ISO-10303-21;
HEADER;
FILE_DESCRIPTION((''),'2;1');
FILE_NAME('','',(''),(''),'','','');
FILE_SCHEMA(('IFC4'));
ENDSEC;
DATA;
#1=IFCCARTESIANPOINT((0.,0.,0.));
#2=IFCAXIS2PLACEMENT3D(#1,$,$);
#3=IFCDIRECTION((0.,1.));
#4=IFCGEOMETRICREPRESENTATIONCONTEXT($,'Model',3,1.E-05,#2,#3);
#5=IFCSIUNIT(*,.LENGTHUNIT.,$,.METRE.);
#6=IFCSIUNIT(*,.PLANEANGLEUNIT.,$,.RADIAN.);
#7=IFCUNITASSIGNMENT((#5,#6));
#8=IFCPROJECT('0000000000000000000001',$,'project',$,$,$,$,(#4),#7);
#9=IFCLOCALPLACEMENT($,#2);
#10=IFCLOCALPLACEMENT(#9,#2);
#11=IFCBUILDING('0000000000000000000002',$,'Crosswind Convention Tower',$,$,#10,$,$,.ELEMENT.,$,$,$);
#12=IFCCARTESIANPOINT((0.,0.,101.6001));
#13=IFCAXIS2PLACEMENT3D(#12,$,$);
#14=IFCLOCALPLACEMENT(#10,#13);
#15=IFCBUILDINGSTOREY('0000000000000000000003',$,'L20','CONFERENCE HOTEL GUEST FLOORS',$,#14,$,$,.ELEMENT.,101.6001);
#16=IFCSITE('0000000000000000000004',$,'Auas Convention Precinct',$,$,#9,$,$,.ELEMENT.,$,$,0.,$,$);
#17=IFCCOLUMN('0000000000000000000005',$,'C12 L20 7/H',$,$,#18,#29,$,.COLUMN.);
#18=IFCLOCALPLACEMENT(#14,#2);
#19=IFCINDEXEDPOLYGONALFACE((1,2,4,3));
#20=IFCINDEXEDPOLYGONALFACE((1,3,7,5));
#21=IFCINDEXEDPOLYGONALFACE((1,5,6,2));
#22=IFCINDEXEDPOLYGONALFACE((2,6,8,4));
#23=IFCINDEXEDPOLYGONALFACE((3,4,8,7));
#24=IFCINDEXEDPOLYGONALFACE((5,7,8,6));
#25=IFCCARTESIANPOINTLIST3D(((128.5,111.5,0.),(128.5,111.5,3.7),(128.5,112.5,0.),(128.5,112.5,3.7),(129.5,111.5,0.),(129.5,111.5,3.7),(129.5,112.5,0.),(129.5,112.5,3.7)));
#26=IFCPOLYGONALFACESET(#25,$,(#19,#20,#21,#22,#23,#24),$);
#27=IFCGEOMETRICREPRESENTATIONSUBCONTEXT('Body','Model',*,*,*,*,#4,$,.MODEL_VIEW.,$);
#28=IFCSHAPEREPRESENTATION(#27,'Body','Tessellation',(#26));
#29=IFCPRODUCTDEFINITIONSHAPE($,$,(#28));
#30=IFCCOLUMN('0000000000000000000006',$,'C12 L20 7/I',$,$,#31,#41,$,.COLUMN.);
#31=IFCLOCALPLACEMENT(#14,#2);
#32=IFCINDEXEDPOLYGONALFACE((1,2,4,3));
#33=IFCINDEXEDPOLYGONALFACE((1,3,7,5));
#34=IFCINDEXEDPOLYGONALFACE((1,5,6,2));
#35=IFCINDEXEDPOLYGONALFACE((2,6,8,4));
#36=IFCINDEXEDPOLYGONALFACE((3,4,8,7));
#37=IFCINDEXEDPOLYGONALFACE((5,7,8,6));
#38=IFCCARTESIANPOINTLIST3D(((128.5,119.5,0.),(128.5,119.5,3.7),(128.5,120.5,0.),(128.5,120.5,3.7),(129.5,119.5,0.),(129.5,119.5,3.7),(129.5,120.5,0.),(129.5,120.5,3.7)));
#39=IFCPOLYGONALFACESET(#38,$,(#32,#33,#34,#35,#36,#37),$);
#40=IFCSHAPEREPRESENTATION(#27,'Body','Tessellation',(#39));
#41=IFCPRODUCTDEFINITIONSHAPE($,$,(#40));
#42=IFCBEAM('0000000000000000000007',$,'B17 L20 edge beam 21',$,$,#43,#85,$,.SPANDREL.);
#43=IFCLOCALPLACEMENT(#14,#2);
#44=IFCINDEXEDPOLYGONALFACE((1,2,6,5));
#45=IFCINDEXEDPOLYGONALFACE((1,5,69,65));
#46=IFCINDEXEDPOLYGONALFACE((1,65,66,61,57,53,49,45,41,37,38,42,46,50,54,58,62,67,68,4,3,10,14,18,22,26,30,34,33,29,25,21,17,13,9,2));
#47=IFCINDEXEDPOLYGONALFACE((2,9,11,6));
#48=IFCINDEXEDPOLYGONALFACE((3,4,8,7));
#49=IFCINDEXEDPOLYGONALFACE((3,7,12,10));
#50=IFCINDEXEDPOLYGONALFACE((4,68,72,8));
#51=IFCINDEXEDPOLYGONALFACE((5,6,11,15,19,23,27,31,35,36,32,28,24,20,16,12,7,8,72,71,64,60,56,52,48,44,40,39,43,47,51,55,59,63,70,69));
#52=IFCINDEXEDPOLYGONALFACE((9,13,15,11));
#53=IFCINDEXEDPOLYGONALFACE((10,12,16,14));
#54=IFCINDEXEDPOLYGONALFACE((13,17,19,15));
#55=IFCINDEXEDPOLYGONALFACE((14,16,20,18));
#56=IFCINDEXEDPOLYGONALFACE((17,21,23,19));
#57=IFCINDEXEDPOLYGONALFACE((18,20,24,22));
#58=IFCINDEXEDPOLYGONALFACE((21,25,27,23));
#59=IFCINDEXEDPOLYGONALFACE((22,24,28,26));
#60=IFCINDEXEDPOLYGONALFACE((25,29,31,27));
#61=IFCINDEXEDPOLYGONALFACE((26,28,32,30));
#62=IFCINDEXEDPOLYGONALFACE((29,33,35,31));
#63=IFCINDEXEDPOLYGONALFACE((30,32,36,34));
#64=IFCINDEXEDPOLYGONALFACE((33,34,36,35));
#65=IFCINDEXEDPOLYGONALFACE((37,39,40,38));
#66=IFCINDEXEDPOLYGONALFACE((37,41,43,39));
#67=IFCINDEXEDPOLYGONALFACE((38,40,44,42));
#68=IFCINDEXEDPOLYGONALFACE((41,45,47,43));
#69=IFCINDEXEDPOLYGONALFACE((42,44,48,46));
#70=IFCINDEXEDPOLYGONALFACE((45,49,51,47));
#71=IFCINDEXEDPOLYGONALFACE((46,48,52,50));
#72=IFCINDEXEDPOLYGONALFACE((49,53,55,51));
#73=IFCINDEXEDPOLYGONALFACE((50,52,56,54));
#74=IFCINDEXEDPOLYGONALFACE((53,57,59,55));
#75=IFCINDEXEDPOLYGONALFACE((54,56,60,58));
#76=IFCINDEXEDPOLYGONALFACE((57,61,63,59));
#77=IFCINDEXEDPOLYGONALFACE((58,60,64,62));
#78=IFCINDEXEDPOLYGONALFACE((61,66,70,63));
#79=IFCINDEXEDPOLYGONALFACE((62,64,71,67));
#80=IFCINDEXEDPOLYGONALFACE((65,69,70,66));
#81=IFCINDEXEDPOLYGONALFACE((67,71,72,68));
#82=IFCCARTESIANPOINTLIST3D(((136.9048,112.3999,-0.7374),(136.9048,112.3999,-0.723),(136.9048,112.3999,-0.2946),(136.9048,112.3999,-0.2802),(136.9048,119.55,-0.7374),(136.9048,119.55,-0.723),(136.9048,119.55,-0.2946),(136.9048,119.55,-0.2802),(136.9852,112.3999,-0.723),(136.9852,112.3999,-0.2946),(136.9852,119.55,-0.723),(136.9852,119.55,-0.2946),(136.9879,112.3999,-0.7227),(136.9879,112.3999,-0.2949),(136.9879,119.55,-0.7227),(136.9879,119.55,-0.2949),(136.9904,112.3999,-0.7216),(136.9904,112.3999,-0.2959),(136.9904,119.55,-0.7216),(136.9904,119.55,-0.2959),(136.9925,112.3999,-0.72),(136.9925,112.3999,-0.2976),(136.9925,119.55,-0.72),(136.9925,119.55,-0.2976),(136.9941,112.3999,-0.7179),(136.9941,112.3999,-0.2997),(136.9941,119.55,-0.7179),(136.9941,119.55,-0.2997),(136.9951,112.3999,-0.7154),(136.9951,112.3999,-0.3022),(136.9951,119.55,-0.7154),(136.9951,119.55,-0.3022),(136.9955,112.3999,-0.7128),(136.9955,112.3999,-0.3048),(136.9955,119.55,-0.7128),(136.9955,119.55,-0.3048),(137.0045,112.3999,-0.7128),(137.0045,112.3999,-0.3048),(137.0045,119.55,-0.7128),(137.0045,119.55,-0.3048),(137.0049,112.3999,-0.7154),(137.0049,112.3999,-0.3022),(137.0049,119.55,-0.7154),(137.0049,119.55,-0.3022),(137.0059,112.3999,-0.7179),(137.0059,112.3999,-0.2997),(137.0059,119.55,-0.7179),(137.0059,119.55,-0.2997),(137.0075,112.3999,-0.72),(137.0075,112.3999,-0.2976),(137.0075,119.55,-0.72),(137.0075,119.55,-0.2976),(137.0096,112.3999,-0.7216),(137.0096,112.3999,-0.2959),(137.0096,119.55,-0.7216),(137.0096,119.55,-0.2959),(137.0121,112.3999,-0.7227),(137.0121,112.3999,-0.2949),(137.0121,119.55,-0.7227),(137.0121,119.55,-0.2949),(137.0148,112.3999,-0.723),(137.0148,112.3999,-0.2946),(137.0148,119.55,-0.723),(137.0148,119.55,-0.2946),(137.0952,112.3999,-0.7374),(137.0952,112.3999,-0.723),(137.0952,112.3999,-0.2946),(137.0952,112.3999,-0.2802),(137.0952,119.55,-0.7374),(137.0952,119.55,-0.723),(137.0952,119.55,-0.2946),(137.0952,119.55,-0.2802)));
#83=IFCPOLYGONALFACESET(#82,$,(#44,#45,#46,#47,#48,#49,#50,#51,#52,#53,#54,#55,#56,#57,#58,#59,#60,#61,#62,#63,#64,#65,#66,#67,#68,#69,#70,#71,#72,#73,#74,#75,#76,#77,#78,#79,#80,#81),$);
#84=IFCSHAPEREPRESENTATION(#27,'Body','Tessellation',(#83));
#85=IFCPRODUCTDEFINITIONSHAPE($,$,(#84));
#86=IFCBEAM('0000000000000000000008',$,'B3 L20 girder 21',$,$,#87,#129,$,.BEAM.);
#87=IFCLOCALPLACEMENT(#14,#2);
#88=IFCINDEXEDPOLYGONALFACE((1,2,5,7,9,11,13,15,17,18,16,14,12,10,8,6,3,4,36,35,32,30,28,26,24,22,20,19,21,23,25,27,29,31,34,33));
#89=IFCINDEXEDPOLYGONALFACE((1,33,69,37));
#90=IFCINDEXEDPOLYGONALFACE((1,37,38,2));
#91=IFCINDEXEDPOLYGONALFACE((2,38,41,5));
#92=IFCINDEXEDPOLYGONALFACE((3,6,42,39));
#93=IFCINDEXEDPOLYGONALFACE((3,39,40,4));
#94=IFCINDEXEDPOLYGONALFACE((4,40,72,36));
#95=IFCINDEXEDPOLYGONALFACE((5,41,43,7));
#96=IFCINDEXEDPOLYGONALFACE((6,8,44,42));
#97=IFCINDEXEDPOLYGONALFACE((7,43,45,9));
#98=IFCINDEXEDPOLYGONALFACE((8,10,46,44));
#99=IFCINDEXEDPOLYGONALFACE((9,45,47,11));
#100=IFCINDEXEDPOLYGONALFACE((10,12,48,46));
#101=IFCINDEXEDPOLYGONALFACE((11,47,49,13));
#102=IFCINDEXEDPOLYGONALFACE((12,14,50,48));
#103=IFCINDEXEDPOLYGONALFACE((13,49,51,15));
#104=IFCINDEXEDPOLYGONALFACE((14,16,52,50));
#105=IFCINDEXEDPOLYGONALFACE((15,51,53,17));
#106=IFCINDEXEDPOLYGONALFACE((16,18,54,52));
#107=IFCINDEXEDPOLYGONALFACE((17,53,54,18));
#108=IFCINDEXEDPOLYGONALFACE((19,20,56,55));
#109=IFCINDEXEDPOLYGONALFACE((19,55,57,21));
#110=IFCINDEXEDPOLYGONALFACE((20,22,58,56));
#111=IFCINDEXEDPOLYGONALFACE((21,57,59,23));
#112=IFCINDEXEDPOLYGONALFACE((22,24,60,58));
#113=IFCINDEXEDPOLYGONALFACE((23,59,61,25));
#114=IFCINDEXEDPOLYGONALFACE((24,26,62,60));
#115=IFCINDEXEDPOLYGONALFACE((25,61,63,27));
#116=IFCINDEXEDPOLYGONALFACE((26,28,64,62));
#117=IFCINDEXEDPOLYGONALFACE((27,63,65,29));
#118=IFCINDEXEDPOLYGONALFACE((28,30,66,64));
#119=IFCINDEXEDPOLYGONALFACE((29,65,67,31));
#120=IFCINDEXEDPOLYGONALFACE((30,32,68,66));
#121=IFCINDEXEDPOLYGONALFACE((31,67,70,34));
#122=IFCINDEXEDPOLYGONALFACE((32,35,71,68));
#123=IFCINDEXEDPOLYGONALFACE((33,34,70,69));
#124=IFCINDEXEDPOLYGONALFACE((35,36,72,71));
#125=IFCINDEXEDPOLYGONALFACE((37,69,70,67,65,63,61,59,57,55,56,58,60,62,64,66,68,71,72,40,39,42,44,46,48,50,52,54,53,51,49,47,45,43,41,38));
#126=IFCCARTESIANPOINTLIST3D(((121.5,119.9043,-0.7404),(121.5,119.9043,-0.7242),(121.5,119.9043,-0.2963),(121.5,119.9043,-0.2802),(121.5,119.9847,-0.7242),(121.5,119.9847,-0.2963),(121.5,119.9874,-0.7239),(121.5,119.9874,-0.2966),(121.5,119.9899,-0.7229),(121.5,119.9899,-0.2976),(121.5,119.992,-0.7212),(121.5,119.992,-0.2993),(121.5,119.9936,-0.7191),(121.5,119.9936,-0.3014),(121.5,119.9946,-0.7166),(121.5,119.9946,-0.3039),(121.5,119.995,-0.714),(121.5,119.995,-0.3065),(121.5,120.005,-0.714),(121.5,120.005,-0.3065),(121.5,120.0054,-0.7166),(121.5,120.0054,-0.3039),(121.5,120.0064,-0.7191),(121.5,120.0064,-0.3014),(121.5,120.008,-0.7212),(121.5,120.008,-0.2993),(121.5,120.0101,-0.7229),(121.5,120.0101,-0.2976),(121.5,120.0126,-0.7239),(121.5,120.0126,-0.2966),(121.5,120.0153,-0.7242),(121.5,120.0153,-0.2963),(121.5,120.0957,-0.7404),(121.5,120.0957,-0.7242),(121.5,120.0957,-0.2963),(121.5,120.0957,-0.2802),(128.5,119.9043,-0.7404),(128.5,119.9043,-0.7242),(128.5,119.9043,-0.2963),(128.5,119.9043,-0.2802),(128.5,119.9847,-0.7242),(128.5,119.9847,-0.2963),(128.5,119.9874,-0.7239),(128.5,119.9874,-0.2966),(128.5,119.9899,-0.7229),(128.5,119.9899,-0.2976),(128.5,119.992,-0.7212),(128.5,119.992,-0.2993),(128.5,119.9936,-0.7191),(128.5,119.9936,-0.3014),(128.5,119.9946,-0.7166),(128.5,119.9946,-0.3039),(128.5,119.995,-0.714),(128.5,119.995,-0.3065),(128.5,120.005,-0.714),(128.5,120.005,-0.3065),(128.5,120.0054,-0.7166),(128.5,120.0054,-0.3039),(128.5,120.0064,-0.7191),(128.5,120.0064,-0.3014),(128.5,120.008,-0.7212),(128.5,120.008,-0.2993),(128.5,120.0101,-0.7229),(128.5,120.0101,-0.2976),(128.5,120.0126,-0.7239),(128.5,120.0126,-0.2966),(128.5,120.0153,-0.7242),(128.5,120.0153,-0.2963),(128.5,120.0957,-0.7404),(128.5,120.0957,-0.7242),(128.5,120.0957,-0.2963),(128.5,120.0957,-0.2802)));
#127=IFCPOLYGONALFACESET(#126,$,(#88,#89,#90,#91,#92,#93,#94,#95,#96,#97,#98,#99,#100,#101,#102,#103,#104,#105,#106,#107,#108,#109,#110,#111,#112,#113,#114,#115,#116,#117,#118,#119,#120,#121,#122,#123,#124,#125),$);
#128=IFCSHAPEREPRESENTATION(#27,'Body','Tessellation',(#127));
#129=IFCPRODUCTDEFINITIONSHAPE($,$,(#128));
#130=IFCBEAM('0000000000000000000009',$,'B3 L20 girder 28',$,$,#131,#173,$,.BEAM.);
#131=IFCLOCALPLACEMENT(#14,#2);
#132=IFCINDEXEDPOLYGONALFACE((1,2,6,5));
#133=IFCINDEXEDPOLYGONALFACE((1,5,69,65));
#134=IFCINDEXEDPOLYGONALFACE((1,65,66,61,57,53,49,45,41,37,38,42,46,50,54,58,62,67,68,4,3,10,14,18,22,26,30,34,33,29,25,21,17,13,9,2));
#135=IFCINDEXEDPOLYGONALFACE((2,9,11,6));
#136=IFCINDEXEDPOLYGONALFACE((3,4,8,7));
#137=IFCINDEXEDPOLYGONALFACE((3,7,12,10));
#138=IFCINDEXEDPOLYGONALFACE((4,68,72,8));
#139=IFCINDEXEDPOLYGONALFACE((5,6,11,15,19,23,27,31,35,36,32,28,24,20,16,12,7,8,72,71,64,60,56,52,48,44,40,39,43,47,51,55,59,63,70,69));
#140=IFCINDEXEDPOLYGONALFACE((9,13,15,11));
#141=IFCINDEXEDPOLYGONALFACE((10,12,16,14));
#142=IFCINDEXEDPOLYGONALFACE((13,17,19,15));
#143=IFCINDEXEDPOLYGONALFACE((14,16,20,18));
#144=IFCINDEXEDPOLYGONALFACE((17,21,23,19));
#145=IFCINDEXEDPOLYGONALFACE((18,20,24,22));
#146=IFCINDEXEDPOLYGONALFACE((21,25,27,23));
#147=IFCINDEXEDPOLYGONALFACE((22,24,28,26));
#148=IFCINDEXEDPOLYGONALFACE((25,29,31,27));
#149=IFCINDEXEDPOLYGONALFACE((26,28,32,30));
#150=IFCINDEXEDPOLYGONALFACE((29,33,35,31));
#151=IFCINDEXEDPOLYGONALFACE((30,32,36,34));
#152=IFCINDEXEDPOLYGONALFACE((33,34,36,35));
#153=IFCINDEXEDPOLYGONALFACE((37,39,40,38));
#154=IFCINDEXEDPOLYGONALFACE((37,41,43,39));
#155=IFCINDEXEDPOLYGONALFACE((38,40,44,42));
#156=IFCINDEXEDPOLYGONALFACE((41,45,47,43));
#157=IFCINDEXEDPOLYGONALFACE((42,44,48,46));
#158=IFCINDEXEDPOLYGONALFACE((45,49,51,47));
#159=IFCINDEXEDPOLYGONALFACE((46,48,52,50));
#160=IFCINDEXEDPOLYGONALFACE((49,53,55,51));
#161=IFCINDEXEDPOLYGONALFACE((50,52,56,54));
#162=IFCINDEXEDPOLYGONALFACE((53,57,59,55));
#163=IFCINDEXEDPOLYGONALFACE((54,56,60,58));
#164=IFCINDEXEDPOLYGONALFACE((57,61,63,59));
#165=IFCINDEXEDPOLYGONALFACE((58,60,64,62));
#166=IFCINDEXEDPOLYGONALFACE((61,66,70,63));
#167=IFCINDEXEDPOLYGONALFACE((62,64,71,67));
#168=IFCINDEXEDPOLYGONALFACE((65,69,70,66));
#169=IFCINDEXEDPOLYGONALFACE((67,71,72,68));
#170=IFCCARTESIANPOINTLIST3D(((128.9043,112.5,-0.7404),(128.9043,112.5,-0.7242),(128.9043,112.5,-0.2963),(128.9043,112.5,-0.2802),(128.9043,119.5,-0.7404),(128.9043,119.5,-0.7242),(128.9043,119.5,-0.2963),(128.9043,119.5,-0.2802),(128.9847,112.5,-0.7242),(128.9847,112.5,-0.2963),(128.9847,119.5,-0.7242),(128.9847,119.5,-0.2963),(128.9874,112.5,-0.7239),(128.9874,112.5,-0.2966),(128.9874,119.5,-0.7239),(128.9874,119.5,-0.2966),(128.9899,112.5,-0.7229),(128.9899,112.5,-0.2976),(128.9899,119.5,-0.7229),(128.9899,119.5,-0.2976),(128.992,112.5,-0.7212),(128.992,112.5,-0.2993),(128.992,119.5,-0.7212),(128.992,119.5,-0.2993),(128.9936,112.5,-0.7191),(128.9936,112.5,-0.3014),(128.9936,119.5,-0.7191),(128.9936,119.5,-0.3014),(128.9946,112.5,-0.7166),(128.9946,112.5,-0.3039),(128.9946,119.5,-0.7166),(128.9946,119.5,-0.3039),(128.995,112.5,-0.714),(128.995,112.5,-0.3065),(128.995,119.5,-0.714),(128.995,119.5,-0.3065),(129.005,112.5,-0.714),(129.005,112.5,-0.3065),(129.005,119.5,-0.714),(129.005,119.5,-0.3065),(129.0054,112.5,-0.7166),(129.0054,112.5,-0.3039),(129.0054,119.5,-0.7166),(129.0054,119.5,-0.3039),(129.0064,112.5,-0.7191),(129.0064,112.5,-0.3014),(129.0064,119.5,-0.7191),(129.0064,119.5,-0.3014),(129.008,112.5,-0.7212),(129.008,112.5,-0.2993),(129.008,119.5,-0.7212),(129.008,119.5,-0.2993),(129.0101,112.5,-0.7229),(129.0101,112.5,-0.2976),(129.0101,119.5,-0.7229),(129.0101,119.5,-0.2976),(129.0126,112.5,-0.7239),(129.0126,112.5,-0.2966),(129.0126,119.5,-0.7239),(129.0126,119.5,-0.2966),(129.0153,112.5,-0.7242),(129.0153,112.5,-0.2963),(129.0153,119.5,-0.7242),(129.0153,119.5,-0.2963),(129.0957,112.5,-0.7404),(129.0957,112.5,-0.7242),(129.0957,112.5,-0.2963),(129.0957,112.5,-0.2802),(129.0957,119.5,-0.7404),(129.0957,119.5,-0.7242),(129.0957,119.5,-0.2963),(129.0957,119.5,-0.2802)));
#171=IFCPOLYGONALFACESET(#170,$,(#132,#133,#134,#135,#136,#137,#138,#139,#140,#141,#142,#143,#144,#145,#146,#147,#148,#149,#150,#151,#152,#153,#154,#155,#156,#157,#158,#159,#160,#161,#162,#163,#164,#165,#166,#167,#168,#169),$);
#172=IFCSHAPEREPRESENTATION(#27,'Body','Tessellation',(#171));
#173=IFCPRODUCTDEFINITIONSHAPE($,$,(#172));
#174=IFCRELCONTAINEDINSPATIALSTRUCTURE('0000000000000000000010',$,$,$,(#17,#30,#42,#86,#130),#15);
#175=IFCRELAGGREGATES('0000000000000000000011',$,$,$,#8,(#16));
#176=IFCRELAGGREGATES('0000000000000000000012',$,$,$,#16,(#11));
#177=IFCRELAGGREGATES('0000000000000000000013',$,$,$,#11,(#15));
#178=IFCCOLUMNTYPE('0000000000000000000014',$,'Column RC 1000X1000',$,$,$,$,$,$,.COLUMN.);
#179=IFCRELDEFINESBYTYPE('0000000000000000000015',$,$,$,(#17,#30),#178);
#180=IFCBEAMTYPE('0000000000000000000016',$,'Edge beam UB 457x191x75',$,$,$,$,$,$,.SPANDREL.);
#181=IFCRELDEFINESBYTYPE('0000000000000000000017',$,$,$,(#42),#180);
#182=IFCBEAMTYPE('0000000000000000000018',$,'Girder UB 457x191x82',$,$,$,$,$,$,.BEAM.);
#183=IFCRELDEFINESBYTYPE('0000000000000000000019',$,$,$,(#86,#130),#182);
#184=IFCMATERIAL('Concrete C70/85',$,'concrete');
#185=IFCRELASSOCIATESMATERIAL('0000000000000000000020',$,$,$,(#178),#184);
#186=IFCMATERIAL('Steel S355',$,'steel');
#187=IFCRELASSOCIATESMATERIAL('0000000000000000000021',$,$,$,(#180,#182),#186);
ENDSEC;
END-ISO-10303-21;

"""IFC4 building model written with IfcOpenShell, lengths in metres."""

from ifc_helpers import new_model, si_unit, direction, frame, origin, origin_2d, place, context, subcontext, project, spatial, rectangle, i_section, extrude, material, material_profile, profile_set, type_object, element, save


model = new_model("IFC4")

# Units and contexts
model_context = context("Model", 3, precision=1e-05, world=origin(), true_north=direction((0.0, 1.0)))
body_context = subcontext(model_context, "Body", "Model", "MODEL_VIEW")
ifc_project = project(units=[si_unit("LENGTHUNIT", "METRE"), si_unit("PLANEANGLEUNIT", "RADIAN")], contexts=[model_context])

# Site, building, storey
site_placement = place(None, origin())
site = spatial("IfcSite", under=ifc_project, at=site_placement, Name="Auas Convention Precinct", CompositionType="ELEMENT", RefElevation=0.0)
building_placement = place(site_placement, origin())
building = spatial("IfcBuilding", under=site, at=building_placement, Name="Crosswind Convention Tower", CompositionType="ELEMENT")
storey_placement = place(building_placement, frame((0.0, 0.0, 101.6001)))
storey = spatial("IfcBuildingStorey", under=building, at=storey_placement, Name="L20", Description="CONFERENCE HOTEL GUEST FLOORS", CompositionType="ELEMENT", Elevation=101.6001)

# Columns
ifc_material_1 = material(Name="Concrete C70/85", Category="concrete")
ifc_material_profile_1 = material_profile(ifc_material_1, rectangle(XDim=1.0, YDim=1.0, at=origin_2d()), Name="RC 1000X1000")
ifc_profile_set_1 = profile_set([ifc_material_profile_1], Name="Concrete C70/85")
column_type = type_object("IfcColumnType", Name="Column RC 1000X1000", PredefinedType="COLUMN", material=ifc_profile_set_1)
for number, where, z_axis, x_axis, name in (
    (1, (129.0, 112.0, 0.0), (0.0, 0.0, 1.0), (1.0, 0.0, 0.0), "C12 L20 7/H"),
    (2, (129.0, 120.0, 0.0), (0.0, 0.0, 1.0), (1.0, 0.0, 0.0), "C12 L20 7/I"),
):
    element("IfcColumn", number, at=place(storey_placement, frame(where, z_axis=z_axis, x_axis=x_axis)), inside=storey, type_object=column_type, Name=name, PredefinedType="COLUMN", context=body_context, shape_type="SweptSolid", body=[
        extrude(rectangle(XDim=1.0, YDim=1.0, at=origin_2d()), origin(), (0.0, 0.0, 1.0), 3.7),
    ])

# Beams
ifc_material_2 = material(Name="Steel S355", Category="steel")
ifc_material_profile_2 = material_profile(ifc_material_2, i_section(OverallWidth=0.1904, OverallDepth=0.4573, WebThickness=0.009, FlangeThickness=0.0144, FilletRadius=0.0103, at=origin_2d()), Name="UB 457x191x75")
ifc_profile_set_2 = profile_set([ifc_material_profile_2], Name="Steel S355")
beam_type_1 = type_object("IfcBeamType", Name="Edge beam UB 457x191x75", PredefinedType="SPANDREL", material=ifc_profile_set_2)
beam_1_placement = place(storey_placement, frame((137.0, 112.3999, -0.5088), z_axis=(0.0, 1.0, 0.0), x_axis=(-1.0, 0.0, 0.0)))
element("IfcBeam", 3, at=beam_1_placement, inside=storey, type_object=beam_type_1, Name="B17 L20 edge beam 21", PredefinedType="SPANDREL", context=body_context, shape_type="SweptSolid", body=[
    extrude(i_section(OverallWidth=0.1904, OverallDepth=0.4573, WebThickness=0.009, FlangeThickness=0.0144, FilletRadius=0.0103, at=origin_2d()), origin(), (0.0, 0.0, 1.0), 7.1501),
])
ifc_material_profile_3 = material_profile(ifc_material_2, i_section(OverallWidth=0.1914, OverallDepth=0.4602, WebThickness=0.01, FlangeThickness=0.0161, FilletRadius=0.0103, at=origin_2d()), Name="UB 457x191x82")
ifc_profile_set_3 = profile_set([ifc_material_profile_3], Name="Steel S355")
beam_type_2 = type_object("IfcBeamType", Name="Girder UB 457x191x82", PredefinedType="BEAM", material=ifc_profile_set_3)
for number, where, z_axis, x_axis, name in (
    (4, (121.5, 120.0, -0.5103), (1.0, 0.0, 0.0), (0.0, 1.0, 0.0), "B3 L20 girder 21"),
    (5, (129.0, 112.5, -0.5103), (0.0, 1.0, 0.0), (-1.0, 0.0, 0.0), "B3 L20 girder 28"),
):
    element("IfcBeam", number, at=place(storey_placement, frame(where, z_axis=z_axis, x_axis=x_axis)), inside=storey, type_object=beam_type_2, Name=name, PredefinedType="BEAM", context=body_context, shape_type="SweptSolid", body=[
        extrude(i_section(OverallWidth=0.1914, OverallDepth=0.4602, WebThickness=0.01, FlangeThickness=0.0161, FilletRadius=0.0103, at=origin_2d()), origin(), (0.0, 0.0, 1.0), 7.0),
    ])

save(model, "model.ifc")
